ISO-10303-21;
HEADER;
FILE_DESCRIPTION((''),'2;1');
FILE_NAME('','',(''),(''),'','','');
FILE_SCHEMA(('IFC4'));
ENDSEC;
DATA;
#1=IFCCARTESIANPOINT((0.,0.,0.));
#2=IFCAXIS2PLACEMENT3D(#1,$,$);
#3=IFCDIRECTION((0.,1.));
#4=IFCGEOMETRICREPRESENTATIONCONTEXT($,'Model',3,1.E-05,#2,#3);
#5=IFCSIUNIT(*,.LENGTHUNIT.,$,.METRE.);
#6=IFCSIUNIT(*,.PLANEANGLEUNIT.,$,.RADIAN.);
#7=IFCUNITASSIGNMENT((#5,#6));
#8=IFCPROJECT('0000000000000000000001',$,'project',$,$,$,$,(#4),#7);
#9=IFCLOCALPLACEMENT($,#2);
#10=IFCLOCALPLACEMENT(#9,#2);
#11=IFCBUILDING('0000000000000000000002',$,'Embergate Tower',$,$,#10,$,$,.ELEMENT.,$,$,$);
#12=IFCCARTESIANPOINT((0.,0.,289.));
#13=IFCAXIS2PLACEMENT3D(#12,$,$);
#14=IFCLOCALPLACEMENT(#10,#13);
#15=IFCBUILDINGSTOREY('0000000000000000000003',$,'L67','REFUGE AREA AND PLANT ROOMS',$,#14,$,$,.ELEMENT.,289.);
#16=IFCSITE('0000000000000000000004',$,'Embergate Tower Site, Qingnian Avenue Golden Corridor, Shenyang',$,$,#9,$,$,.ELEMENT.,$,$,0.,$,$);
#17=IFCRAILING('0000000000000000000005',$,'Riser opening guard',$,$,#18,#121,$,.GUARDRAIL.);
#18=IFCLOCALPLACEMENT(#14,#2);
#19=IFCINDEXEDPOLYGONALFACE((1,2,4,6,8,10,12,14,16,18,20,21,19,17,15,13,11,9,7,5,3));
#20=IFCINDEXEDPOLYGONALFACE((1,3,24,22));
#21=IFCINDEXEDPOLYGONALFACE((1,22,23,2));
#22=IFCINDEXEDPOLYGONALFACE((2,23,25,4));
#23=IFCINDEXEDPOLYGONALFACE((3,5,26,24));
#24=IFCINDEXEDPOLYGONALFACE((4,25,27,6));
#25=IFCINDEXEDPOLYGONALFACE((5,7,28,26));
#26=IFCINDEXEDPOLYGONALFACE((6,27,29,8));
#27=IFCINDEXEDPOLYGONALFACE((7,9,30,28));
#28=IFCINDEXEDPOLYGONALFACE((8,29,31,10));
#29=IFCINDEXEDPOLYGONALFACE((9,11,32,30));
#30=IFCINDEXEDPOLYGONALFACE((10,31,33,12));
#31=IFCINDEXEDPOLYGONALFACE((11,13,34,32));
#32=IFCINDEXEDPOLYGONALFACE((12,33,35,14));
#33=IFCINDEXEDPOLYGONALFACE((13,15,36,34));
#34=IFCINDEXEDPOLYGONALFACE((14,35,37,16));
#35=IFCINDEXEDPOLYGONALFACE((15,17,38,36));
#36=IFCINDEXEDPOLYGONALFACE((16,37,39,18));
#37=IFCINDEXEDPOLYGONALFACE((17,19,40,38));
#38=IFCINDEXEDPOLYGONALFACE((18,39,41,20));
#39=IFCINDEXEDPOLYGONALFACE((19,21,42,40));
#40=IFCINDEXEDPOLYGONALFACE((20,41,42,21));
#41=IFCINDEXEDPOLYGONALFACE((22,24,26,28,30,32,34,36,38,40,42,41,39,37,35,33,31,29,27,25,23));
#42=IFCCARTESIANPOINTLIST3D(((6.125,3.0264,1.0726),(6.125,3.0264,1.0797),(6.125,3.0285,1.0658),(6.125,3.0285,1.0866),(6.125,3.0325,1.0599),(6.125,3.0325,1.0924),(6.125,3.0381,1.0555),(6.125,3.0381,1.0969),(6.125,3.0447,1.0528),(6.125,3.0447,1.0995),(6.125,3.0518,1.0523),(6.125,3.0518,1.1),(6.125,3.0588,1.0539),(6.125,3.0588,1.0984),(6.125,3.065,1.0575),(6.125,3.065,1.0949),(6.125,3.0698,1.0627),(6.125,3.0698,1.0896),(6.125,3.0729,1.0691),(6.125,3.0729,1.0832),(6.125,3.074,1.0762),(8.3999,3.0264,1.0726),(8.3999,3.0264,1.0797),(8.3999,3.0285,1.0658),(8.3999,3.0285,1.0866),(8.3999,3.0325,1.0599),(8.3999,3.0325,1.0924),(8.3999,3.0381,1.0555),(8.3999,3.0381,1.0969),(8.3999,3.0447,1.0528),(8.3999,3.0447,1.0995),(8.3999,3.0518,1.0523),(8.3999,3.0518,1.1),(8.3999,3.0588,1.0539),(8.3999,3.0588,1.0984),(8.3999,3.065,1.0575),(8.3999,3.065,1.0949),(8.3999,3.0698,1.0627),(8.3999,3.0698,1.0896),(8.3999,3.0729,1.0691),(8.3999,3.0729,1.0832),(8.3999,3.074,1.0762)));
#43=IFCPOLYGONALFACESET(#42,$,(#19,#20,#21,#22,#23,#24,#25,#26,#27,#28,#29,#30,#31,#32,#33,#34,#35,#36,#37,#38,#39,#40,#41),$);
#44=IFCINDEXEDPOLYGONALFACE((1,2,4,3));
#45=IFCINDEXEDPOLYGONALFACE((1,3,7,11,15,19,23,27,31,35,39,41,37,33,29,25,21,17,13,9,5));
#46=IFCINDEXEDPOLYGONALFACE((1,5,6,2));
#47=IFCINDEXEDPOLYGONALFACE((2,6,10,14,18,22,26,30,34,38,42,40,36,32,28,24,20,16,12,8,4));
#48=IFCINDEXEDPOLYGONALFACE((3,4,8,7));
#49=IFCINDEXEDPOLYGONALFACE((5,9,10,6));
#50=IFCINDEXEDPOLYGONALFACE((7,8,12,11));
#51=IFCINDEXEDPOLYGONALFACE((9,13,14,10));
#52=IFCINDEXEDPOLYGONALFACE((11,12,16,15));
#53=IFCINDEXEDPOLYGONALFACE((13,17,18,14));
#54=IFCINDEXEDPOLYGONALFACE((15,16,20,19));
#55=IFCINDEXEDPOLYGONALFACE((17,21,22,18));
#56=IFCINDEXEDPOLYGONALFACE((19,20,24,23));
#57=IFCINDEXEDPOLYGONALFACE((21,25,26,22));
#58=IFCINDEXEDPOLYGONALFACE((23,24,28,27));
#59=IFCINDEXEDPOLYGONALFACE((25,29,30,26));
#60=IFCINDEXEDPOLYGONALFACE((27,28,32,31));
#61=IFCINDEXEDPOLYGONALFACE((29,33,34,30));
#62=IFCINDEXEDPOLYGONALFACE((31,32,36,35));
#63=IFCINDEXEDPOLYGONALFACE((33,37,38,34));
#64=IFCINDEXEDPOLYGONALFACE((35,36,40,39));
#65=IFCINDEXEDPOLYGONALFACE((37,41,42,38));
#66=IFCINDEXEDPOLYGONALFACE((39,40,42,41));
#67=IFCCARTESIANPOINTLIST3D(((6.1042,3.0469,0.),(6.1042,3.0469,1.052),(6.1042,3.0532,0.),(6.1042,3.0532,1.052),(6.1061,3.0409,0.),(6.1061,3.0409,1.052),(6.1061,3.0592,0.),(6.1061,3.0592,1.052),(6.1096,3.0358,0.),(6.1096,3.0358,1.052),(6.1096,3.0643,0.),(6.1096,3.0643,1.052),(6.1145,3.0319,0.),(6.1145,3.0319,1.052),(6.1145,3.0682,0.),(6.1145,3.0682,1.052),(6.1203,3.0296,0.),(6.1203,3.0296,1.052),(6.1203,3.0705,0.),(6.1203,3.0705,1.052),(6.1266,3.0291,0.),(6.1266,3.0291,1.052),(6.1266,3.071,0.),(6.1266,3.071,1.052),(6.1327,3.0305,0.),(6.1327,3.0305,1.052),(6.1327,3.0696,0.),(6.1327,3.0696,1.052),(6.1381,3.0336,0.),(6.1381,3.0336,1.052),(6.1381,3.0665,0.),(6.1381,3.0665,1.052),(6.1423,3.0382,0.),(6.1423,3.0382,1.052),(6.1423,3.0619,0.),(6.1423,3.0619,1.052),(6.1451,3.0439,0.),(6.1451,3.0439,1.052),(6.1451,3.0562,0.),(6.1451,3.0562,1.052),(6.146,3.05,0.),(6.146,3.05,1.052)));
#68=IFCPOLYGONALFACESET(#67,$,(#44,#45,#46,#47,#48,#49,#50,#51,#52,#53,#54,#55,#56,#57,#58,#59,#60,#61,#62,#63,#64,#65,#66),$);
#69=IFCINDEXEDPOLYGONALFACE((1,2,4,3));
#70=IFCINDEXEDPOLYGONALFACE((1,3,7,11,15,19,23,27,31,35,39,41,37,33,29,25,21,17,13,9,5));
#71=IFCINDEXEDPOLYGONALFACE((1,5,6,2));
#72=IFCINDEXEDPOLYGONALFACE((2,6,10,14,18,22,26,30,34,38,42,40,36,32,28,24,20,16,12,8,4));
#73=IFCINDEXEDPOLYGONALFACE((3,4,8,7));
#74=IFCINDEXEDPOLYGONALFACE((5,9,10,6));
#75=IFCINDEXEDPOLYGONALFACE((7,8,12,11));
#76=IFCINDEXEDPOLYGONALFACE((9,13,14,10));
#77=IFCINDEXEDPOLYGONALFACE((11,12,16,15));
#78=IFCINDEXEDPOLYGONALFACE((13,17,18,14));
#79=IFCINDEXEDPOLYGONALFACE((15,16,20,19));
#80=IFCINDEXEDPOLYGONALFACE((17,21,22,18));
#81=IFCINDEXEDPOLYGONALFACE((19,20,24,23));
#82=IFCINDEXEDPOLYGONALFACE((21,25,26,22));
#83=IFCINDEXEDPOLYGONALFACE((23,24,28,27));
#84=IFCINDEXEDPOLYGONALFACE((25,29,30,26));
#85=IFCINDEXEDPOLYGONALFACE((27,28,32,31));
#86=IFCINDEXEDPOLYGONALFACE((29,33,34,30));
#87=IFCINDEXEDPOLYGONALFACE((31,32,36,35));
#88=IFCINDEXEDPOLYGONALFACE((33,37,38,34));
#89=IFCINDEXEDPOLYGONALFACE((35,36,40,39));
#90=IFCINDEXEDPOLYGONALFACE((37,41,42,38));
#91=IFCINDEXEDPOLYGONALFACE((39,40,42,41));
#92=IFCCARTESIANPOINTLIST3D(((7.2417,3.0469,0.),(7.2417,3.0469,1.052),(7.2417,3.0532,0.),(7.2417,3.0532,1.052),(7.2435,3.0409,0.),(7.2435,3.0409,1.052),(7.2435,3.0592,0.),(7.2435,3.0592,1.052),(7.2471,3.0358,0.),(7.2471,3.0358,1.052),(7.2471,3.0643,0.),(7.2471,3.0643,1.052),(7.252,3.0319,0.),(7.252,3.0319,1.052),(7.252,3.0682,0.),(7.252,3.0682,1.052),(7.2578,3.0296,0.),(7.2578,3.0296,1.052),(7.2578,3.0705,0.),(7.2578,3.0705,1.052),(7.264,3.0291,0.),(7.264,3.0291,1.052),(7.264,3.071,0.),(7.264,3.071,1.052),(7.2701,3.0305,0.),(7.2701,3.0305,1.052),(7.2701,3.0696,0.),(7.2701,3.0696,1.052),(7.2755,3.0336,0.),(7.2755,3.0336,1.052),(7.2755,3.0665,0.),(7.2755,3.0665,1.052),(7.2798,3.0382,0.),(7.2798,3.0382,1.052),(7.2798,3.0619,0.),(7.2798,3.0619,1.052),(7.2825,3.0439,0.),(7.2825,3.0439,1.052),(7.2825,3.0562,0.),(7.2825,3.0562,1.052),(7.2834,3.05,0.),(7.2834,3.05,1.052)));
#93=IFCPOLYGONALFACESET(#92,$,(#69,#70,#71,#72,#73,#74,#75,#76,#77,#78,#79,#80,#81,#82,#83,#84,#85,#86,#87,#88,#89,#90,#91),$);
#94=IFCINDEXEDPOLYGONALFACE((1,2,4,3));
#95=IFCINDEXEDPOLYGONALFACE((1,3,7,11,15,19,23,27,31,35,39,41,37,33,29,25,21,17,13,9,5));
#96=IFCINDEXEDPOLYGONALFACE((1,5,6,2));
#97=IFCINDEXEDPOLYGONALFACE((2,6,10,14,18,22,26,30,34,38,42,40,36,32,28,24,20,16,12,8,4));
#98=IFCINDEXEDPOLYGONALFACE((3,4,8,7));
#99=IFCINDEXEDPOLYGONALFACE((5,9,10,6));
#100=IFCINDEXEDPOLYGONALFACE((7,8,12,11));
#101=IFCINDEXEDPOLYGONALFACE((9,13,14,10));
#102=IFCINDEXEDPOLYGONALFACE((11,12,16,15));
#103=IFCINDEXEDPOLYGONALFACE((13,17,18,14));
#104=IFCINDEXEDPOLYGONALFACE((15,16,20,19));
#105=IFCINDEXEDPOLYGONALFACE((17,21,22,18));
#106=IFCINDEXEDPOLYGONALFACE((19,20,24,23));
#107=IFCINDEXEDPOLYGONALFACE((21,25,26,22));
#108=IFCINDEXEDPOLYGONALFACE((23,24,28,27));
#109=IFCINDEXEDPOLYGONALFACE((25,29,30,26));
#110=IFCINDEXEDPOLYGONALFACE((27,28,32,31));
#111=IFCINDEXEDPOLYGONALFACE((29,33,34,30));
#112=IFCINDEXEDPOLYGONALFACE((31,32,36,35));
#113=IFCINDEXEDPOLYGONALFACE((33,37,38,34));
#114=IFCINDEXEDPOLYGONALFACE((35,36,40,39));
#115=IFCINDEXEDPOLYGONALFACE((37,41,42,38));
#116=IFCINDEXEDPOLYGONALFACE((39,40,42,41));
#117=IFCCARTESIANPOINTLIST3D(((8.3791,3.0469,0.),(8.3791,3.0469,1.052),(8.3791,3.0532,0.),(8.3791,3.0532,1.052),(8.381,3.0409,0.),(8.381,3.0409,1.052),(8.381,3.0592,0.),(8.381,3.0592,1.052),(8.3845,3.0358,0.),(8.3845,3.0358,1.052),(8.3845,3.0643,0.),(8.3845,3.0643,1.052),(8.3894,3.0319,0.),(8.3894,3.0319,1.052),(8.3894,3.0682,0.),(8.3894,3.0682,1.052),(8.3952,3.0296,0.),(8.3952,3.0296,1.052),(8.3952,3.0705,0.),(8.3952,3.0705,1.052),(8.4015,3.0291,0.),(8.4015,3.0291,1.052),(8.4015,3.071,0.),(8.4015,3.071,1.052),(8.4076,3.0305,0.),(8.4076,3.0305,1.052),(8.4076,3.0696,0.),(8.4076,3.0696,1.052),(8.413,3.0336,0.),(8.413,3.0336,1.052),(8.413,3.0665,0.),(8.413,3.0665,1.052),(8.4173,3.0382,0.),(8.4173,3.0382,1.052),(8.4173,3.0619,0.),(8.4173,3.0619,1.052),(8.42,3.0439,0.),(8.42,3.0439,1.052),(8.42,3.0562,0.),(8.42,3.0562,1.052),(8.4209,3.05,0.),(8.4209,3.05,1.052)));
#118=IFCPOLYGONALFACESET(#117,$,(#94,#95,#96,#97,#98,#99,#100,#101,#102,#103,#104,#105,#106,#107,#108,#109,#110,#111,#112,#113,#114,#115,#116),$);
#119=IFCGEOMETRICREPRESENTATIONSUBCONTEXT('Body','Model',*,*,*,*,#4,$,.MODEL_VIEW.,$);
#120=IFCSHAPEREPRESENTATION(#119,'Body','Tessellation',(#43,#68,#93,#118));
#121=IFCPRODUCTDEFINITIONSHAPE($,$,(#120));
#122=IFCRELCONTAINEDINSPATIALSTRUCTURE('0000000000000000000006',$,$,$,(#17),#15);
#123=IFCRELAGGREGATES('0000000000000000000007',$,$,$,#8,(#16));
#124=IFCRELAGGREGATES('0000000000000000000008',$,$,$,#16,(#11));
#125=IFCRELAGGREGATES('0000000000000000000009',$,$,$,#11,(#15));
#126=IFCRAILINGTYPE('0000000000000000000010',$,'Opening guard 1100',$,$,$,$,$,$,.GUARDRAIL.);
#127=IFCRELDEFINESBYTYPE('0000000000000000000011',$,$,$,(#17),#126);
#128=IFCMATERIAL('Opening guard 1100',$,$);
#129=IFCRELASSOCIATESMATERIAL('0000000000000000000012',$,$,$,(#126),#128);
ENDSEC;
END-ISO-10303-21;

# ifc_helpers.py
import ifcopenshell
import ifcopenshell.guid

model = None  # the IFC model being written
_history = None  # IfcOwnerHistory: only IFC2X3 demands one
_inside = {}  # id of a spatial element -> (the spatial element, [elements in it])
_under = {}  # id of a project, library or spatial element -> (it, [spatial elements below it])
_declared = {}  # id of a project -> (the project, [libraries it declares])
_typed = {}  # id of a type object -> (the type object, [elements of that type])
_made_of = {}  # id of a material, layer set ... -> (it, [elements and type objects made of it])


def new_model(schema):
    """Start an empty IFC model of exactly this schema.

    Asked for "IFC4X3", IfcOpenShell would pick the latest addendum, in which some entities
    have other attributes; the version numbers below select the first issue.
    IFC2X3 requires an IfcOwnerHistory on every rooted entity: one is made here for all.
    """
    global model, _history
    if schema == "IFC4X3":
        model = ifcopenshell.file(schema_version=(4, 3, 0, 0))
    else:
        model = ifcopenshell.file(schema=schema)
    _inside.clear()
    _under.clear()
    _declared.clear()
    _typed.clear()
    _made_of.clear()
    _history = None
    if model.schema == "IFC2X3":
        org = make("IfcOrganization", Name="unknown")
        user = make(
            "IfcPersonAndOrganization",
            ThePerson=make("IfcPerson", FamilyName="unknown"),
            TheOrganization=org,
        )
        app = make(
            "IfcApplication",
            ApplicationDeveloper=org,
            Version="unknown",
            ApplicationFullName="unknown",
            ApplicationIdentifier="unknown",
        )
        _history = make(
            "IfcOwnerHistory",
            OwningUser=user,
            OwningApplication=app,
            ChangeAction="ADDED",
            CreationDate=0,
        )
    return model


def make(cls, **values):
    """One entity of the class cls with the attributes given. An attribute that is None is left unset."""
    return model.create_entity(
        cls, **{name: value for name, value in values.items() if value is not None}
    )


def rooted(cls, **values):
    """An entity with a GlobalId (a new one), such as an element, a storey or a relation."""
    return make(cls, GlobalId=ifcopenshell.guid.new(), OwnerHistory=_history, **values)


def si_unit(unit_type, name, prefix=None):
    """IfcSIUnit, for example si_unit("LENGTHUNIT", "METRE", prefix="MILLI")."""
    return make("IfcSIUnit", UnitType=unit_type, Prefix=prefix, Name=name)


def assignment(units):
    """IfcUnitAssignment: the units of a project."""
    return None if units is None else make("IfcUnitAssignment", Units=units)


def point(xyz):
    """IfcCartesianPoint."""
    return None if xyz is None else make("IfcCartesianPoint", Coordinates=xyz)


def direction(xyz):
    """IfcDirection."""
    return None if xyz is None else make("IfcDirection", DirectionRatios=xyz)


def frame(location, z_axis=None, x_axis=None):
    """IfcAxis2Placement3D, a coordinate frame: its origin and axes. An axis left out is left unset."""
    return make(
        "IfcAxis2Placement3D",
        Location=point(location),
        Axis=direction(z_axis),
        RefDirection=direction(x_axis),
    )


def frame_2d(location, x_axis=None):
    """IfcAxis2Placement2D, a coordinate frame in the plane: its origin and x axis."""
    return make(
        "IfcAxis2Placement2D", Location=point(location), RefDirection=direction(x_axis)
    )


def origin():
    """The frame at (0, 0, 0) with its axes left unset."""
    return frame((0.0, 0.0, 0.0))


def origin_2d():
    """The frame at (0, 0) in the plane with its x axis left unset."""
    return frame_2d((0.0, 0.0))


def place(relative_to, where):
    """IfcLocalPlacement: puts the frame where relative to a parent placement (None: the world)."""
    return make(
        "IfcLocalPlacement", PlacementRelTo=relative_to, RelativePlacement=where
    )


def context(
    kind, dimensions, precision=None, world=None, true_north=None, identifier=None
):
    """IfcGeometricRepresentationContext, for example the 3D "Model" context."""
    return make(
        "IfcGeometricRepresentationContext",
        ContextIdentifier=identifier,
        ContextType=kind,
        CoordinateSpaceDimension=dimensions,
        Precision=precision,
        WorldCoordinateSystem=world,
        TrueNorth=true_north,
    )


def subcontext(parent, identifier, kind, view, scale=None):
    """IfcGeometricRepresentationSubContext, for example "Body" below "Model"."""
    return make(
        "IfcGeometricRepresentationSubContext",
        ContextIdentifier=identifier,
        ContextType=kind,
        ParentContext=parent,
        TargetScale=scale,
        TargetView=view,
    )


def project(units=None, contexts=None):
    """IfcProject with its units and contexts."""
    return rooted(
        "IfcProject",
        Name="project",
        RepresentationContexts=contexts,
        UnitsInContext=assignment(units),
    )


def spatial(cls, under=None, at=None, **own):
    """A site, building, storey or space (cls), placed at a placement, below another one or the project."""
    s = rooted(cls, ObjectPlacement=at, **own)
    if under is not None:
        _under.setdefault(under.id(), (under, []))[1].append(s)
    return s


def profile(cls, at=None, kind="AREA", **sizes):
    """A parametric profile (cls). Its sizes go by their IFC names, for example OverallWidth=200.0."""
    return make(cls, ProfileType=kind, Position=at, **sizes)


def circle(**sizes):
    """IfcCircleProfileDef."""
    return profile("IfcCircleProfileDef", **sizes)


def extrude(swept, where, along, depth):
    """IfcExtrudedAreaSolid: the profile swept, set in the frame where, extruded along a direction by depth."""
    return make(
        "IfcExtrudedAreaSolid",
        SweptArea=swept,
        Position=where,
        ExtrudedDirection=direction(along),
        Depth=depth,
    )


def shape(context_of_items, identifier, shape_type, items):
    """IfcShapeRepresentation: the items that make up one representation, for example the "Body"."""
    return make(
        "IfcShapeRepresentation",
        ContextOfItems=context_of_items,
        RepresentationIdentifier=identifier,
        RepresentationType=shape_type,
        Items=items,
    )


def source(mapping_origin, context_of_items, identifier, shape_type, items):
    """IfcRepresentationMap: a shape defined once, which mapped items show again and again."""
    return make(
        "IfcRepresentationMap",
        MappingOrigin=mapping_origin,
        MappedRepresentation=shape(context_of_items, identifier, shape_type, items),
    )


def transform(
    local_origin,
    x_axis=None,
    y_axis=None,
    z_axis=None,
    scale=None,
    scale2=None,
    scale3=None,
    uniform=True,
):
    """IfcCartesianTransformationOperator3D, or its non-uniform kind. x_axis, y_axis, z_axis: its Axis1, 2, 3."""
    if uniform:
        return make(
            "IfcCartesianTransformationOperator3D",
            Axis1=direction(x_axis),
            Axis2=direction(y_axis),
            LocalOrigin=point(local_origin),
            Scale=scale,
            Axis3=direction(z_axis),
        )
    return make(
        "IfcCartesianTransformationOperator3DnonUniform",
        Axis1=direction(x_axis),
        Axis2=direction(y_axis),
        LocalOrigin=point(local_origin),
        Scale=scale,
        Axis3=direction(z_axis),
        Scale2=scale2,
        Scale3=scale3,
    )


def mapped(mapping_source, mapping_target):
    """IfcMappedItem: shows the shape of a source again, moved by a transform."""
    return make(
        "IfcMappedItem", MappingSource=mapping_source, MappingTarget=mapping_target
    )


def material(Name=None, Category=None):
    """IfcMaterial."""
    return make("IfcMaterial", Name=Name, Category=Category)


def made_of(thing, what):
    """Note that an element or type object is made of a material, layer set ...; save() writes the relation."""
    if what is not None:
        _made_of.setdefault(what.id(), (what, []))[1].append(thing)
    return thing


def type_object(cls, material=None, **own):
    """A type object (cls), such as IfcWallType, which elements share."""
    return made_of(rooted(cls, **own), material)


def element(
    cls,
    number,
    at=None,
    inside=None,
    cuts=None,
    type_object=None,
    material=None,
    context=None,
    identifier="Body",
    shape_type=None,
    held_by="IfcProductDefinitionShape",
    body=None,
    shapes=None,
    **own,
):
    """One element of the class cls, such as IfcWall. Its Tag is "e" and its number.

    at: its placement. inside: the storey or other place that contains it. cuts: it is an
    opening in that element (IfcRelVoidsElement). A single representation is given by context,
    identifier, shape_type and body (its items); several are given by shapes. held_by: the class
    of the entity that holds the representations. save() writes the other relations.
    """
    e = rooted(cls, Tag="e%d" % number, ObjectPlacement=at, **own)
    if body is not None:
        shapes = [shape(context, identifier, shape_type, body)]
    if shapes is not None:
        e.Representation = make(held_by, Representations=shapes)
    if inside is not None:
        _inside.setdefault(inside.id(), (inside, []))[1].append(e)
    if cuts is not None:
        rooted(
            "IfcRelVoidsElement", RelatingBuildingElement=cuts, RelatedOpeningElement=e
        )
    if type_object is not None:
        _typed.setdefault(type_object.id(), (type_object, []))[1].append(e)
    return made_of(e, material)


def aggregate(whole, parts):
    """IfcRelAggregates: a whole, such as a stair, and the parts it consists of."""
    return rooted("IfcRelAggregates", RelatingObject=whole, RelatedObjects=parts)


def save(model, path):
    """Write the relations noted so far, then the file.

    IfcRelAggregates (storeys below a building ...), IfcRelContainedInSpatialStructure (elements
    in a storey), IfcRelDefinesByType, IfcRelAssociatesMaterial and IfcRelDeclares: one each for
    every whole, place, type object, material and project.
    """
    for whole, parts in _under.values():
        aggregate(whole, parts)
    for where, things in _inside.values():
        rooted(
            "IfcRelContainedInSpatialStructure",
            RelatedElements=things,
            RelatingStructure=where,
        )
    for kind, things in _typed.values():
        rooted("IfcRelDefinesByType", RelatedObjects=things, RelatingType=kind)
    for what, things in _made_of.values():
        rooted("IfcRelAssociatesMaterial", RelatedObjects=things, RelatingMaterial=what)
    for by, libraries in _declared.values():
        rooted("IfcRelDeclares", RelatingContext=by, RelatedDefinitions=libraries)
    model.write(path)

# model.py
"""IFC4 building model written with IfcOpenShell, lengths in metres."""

from ifc_helpers import new_model, si_unit, direction, frame, origin, origin_2d, place, context, subcontext, project, spatial, circle, extrude, source, transform, mapped, material, type_object, element, save


model = new_model("IFC4")

# Units and contexts
model_context = context("Model", 3, precision=1e-05, world=origin(), true_north=direction((0.0, 1.0)))
body_context = subcontext(model_context, "Body", "Model", "MODEL_VIEW")
ifc_project = project(units=[si_unit("LENGTHUNIT", "METRE"), si_unit("PLANEANGLEUNIT", "RADIAN")], contexts=[model_context])

# Site, building, storey
site_placement = place(None, origin())
site = spatial("IfcSite", under=ifc_project, at=site_placement, Name="Embergate Tower Site, Qingnian Avenue Golden Corridor, Shenyang", CompositionType="ELEMENT", RefElevation=0.0)
building_placement = place(site_placement, origin())
building = spatial("IfcBuilding", under=site, at=building_placement, Name="Embergate Tower", CompositionType="ELEMENT")
storey_placement = place(building_placement, frame((0.0, 0.0, 289.0)))
storey = spatial("IfcBuildingStorey", under=building, at=storey_placement, Name="L67", Description="REFUGE AREA AND PLANT ROOMS", CompositionType="ELEMENT", Elevation=289.0)

# Railing
ifc_material_1 = material(Name="Opening guard 1100")
railing_type = type_object("IfcRailingType", Name="Opening guard 1100", PredefinedType="GUARDRAIL", material=ifc_material_1)
shared_shape_1 = source(origin(), body_context, "Body", "SweptSolid", [
    extrude(circle(Radius=0.0239, at=origin_2d()), frame((0.0, 0.0, 1.0762), z_axis=(1.0, 0.0, 0.0), x_axis=(0.0, 1.0, 0.0)), (0.0, 0.0, 1.0), 2.2749),
    extrude(circle(Radius=0.021, at=origin_2d()), origin(), (0.0, 0.0, 1.0), 1.052),
    extrude(circle(Radius=0.021, at=origin_2d()), frame((1.1375, 0.0, 0.0)), (0.0, 0.0, 1.0), 1.052),
    extrude(circle(Radius=0.021, at=origin_2d()), frame((2.2749, 0.0, 0.0)), (0.0, 0.0, 1.0), 1.052),
])
railing_1_placement = place(storey_placement, frame((6.125, 3.05, 0.0)))
element("IfcRailing", 1, at=railing_1_placement, inside=storey, type_object=railing_type, Name="Riser opening guard", PredefinedType="GUARDRAIL", context=body_context, shape_type="MappedRepresentation", body=[
    mapped(shared_shape_1, transform((0.0, 0.0, 0.0))),
])

save(model, "model.ifc")
